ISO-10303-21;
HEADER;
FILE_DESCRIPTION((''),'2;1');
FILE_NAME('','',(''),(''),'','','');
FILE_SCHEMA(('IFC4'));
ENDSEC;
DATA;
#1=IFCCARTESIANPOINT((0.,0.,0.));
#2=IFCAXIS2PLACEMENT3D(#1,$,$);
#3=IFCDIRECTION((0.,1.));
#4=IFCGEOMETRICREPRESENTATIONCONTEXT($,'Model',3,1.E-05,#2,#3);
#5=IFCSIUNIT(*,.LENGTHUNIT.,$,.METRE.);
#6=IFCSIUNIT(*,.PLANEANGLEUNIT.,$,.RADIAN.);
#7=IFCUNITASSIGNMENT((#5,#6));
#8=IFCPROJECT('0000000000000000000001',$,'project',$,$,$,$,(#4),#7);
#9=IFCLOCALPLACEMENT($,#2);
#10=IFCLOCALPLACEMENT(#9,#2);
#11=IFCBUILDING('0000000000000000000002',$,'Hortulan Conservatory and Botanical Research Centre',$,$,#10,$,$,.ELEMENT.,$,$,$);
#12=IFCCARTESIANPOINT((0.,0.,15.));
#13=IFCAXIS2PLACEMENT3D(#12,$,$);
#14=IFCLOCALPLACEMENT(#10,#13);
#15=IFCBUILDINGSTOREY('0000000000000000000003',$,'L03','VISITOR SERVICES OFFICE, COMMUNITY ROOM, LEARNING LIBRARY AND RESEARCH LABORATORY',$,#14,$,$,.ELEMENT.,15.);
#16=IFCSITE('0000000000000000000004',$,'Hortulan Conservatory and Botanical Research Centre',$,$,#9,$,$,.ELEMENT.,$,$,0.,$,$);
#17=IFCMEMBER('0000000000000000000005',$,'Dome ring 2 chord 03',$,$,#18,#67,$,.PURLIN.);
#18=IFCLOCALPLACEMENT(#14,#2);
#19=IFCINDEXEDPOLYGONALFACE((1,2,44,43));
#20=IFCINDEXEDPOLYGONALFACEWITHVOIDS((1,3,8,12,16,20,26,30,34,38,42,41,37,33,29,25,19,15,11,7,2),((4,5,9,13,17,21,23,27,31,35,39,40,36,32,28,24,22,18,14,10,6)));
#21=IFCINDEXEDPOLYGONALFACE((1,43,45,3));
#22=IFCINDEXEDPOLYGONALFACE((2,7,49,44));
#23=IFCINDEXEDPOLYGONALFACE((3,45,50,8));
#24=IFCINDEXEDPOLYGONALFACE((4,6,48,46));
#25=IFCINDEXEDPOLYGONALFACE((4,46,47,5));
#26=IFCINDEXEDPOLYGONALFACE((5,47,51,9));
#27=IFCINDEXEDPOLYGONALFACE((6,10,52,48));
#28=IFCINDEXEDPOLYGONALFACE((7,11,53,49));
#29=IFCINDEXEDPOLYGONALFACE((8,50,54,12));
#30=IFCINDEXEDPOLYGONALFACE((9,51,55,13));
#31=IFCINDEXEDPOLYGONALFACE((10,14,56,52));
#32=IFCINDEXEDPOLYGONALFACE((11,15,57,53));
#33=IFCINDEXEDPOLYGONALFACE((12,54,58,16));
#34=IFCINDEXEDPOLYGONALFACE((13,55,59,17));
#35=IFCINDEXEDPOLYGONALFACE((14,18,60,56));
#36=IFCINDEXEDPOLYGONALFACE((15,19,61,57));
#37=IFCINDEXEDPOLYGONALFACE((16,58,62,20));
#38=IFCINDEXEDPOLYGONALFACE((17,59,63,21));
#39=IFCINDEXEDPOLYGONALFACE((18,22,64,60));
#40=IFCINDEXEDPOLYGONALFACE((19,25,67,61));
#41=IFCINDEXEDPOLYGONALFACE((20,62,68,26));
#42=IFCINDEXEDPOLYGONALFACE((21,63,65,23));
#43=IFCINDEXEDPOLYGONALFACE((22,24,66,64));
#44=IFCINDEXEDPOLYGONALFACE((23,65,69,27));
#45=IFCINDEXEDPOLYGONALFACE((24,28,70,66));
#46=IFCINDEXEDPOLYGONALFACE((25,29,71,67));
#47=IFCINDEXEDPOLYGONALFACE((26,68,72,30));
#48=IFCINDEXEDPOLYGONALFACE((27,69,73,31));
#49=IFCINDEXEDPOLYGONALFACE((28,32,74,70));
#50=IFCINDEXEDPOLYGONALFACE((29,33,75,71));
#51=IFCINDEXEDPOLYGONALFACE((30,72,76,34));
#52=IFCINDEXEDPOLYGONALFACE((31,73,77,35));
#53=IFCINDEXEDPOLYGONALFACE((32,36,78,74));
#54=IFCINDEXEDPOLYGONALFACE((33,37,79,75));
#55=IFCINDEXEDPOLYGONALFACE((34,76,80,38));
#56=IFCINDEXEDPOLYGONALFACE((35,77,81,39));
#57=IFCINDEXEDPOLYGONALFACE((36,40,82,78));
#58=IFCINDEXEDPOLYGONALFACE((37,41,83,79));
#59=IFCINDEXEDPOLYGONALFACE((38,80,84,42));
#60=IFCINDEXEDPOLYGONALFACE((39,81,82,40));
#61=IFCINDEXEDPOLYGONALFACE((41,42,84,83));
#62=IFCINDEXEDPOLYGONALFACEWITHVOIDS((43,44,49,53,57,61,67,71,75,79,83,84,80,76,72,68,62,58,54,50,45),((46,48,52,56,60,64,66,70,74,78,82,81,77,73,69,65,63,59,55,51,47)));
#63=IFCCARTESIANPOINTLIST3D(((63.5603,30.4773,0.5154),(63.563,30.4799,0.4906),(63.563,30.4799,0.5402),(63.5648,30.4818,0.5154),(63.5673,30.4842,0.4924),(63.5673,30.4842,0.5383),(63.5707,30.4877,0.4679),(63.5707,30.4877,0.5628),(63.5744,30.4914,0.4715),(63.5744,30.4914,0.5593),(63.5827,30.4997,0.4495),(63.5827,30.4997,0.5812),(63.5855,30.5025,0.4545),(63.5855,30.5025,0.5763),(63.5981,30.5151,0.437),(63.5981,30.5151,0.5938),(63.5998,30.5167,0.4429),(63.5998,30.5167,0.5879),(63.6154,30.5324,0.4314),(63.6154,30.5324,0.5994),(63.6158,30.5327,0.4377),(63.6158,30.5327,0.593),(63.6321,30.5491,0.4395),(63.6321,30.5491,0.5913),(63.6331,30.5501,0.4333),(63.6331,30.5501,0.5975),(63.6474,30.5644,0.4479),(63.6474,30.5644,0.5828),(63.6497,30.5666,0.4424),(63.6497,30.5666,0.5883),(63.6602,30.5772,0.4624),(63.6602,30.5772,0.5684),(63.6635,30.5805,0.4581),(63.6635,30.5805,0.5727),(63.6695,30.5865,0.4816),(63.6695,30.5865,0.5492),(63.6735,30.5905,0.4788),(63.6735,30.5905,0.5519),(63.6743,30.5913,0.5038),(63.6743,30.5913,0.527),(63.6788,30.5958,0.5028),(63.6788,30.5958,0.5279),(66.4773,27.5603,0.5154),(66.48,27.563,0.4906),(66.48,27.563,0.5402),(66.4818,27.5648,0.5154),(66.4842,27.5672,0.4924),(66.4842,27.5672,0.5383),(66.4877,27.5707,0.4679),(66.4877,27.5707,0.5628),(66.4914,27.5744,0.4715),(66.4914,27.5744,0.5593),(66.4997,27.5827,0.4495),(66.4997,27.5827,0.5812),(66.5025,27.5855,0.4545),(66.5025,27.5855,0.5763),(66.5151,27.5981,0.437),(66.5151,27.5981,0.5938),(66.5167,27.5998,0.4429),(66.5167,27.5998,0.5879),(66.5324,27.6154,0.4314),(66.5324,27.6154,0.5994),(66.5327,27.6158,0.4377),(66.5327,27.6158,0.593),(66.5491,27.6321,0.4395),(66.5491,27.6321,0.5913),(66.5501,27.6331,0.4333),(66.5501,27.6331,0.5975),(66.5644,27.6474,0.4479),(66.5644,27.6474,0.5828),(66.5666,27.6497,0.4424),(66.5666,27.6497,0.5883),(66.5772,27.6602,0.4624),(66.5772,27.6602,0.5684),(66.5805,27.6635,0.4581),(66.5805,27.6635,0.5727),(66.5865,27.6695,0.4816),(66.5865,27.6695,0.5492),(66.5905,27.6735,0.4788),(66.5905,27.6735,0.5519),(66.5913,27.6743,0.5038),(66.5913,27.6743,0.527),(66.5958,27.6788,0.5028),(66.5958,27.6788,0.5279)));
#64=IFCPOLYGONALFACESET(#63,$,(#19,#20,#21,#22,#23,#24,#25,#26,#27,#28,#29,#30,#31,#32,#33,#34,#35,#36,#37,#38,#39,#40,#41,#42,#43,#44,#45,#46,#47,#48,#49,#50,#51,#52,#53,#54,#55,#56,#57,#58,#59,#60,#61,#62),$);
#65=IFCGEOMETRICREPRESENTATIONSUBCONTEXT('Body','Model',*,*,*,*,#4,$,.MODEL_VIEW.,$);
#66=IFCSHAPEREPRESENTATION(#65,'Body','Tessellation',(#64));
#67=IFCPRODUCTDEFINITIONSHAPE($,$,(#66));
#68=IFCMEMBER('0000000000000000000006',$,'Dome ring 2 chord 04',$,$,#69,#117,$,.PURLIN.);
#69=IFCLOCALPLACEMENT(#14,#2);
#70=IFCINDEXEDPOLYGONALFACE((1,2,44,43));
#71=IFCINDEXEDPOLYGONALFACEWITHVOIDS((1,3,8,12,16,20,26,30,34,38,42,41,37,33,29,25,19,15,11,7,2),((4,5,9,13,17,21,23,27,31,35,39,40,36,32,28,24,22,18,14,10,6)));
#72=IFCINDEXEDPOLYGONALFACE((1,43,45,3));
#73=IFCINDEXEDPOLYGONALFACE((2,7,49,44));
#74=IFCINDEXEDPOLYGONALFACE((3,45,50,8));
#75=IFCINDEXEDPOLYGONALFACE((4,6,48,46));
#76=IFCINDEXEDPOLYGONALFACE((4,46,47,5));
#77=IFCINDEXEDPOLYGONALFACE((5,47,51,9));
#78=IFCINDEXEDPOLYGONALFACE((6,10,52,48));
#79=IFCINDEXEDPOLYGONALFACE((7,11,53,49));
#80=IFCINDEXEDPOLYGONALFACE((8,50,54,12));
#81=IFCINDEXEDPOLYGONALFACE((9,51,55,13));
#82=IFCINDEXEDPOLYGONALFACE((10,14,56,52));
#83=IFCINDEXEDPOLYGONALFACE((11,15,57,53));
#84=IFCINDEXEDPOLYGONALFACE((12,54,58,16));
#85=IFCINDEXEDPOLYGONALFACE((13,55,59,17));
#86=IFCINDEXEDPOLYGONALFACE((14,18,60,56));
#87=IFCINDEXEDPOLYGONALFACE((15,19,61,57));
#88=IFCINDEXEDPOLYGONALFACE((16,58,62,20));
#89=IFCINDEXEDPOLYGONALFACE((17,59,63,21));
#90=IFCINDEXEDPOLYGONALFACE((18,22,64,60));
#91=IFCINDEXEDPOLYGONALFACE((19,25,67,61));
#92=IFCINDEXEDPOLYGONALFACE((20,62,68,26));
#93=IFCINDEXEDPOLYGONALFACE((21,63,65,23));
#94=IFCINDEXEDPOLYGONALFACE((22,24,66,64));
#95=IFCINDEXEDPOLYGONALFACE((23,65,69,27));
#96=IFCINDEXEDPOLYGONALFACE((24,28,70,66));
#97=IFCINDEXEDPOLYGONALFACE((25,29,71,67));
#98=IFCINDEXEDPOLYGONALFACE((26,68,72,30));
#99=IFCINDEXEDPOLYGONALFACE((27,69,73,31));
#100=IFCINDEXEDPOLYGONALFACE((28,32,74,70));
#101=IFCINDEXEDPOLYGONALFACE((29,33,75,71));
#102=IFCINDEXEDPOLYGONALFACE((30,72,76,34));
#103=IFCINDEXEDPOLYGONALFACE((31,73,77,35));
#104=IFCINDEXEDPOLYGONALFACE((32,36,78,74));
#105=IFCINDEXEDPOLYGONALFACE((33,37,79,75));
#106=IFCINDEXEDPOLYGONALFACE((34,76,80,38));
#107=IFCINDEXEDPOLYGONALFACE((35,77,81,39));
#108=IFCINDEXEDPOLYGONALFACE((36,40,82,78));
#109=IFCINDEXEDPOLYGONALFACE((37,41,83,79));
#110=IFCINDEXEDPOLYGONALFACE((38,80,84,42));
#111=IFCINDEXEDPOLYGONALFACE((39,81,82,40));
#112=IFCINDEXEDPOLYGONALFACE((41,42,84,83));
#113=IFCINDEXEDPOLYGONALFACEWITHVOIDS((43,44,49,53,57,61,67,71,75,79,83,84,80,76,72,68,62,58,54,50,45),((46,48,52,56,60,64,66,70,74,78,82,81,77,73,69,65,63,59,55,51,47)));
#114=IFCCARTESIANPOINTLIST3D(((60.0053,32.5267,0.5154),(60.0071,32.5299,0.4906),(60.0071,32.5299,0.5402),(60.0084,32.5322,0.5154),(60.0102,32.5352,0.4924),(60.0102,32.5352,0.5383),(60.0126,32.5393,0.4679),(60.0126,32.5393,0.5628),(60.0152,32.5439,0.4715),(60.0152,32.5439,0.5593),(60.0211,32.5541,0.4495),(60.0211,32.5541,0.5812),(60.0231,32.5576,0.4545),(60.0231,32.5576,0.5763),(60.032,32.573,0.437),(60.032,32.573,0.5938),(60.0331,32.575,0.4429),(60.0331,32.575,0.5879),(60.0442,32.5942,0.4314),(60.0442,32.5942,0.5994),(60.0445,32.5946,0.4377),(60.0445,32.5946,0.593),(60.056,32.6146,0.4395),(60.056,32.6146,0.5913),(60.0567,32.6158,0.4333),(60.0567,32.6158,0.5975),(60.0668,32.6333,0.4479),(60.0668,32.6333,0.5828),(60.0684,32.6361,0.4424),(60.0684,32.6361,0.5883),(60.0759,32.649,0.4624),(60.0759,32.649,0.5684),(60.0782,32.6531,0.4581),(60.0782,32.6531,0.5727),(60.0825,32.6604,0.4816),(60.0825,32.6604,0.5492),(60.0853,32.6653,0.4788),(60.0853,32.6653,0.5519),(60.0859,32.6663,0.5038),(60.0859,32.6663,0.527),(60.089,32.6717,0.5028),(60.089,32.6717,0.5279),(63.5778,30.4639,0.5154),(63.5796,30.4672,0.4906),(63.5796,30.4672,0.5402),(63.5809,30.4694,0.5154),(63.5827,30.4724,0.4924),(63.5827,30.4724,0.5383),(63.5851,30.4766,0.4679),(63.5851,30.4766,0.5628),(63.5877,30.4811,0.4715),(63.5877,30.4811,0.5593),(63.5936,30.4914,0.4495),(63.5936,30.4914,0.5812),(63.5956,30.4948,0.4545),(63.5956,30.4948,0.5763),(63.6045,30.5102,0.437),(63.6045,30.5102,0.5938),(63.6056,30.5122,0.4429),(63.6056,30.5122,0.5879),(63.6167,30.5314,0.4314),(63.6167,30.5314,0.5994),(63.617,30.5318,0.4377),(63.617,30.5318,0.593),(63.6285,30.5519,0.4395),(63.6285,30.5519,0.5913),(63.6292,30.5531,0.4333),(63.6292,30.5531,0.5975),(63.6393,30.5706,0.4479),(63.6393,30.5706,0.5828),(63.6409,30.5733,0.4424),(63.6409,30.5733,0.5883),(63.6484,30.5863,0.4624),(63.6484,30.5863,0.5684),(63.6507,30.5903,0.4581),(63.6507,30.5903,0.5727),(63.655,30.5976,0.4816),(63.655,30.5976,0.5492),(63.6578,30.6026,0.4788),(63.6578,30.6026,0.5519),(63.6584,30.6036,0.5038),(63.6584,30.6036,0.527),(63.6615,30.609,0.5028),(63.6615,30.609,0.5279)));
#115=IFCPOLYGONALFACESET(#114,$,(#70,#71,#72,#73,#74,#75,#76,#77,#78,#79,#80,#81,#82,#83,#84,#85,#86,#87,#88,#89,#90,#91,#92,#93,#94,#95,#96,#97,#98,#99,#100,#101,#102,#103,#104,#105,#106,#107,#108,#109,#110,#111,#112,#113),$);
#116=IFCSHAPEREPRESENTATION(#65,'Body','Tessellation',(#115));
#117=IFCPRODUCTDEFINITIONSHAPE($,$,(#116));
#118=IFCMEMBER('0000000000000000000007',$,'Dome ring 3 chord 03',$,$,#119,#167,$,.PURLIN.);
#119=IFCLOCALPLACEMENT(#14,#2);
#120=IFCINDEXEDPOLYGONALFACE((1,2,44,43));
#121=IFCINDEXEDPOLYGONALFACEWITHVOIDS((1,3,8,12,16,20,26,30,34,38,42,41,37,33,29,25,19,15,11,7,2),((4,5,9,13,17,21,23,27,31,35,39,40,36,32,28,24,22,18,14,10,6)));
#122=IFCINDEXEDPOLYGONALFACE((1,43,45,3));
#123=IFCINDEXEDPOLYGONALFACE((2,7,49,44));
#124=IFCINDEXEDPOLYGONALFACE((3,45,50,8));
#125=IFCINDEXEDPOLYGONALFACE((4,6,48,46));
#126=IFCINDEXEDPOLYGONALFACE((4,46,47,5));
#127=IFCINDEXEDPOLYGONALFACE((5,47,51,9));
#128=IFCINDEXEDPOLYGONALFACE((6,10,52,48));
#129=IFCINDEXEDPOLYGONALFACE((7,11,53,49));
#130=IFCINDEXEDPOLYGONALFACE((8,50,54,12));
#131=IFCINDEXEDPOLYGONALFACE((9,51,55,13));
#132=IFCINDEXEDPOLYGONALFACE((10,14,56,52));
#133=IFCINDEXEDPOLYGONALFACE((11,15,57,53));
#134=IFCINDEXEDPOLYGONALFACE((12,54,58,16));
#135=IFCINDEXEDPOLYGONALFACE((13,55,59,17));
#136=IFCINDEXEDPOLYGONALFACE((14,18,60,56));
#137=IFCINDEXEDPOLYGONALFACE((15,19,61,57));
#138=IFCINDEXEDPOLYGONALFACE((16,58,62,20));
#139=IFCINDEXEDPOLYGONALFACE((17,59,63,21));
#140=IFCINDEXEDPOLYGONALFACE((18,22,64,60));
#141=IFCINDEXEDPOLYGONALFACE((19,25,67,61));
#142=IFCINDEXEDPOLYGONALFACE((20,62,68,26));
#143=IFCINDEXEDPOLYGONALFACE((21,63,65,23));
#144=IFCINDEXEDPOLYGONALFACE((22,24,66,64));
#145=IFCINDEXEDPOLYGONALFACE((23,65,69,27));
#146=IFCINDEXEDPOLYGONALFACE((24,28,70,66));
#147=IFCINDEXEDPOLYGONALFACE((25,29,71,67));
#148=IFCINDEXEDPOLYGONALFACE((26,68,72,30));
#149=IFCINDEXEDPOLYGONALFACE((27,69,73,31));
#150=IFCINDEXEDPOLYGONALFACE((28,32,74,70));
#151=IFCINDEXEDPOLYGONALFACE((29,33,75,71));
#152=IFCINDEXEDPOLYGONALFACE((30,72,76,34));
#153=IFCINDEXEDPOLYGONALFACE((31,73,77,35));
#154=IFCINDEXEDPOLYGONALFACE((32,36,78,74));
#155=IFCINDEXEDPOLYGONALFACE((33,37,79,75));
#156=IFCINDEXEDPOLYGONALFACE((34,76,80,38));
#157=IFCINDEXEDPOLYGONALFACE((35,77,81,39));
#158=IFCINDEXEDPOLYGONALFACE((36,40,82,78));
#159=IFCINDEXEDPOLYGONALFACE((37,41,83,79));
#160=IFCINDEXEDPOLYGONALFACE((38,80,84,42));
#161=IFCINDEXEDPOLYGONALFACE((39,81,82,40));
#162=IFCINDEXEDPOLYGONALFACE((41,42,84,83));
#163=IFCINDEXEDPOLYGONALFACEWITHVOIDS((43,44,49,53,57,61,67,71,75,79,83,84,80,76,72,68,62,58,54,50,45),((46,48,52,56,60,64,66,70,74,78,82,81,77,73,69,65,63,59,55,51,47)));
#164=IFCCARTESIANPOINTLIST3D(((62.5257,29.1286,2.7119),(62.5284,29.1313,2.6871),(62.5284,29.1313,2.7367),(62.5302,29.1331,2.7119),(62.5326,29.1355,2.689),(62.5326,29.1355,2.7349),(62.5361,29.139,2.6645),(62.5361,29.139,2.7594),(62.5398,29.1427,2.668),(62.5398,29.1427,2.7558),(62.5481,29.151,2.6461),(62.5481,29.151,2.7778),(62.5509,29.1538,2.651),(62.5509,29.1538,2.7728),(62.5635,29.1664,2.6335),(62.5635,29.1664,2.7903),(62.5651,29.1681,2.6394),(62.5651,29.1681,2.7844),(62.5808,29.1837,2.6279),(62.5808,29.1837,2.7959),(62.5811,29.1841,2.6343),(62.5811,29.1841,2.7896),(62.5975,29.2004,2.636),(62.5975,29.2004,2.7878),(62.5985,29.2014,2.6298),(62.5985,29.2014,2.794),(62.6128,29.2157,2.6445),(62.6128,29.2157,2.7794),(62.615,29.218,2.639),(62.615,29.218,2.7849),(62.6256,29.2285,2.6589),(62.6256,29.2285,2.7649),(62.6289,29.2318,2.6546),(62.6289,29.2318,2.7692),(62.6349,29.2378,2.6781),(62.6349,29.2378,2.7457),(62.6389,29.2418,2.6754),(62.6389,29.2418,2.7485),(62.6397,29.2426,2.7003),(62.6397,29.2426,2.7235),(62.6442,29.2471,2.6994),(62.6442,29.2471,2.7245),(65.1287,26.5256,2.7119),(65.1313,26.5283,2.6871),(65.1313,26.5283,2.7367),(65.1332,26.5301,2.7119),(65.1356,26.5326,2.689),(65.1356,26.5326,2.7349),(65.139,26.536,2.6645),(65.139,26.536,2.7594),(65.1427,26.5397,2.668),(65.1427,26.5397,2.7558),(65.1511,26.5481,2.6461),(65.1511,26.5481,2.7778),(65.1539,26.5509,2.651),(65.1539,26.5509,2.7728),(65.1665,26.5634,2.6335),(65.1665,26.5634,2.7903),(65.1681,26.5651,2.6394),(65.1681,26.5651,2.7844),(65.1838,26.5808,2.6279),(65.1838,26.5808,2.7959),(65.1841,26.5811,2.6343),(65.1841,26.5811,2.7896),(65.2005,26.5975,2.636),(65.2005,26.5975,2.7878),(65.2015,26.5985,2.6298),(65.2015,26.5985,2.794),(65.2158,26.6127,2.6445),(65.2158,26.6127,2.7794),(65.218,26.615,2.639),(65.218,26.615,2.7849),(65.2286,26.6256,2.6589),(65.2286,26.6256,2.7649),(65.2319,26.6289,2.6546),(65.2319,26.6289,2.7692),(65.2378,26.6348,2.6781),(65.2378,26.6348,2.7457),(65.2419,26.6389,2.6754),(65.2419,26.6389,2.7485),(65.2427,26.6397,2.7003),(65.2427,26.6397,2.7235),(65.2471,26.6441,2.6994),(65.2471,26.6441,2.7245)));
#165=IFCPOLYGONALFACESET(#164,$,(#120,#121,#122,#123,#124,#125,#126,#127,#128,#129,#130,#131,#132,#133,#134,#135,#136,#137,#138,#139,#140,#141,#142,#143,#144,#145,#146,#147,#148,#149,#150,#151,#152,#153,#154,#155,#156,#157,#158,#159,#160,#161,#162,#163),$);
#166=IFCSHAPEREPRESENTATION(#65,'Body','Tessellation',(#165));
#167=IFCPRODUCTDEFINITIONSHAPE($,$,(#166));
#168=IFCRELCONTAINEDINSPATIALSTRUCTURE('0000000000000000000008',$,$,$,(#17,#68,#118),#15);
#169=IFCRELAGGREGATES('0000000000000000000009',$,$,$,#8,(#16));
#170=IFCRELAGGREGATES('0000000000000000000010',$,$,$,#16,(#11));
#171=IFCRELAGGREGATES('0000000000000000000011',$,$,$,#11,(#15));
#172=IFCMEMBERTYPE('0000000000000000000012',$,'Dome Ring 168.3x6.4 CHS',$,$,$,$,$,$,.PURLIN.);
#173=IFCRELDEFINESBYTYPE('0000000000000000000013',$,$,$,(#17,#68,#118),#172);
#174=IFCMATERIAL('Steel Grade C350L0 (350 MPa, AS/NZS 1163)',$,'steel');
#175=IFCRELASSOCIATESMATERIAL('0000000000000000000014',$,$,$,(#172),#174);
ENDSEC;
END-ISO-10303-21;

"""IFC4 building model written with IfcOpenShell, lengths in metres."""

from ifc_helpers import new_model, si_unit, direction, frame, origin, origin_2d, place, context, subcontext, project, spatial, hollow_circle, extrude, material, material_profile, profile_set, type_object, element, save


model = new_model("IFC4")

# Units and contexts
model_context = context("Model", 3, precision=1e-05, world=origin(), true_north=direction((0.0, 1.0)))
body_context = subcontext(model_context, "Body", "Model", "MODEL_VIEW")
ifc_project = project(units=[si_unit("LENGTHUNIT", "METRE"), si_unit("PLANEANGLEUNIT", "RADIAN")], contexts=[model_context])

# Site, building, storey
site_placement = place(None, origin())
site = spatial("IfcSite", under=ifc_project, at=site_placement, Name="Hortulan Conservatory and Botanical Research Centre", CompositionType="ELEMENT", RefElevation=0.0)
building_placement = place(site_placement, origin())
building = spatial("IfcBuilding", under=site, at=building_placement, Name="Hortulan Conservatory and Botanical Research Centre", CompositionType="ELEMENT")
storey_placement = place(building_placement, frame((0.0, 0.0, 15.0)))
storey = spatial("IfcBuildingStorey", under=building, at=storey_placement, Name="L03", Description="VISITOR SERVICES OFFICE, COMMUNITY ROOM, LEARNING LIBRARY AND RESEARCH LABORATORY", CompositionType="ELEMENT", Elevation=15.0)

# Shared definitions
ifc_material_1 = material(Name="Steel Grade C350L0 (350 MPa, AS/NZS 1163)", Category="steel")

# Members
ifc_material_profile_1 = material_profile(ifc_material_1, hollow_circle(Radius=0.0842, WallThickness=0.0063, at=origin_2d()), Name="168.3x6.4CHS")
ifc_profile_set_1 = profile_set([ifc_material_profile_1], Name="Steel Grade C350L0 (350 MPa, AS/NZS 1163)")
member_type_1 = type_object("IfcMemberType", Name="Dome Ring 168.3x6.4 CHS", PredefinedType="PURLIN", material=ifc_profile_set_1)
for number, where, z_axis, x_axis, name in (
    (1, (66.5369, 27.6199, 0.5154), (-0.707107, 0.707107, 0.0), (-0.707107, -0.707107, 0.0), "Dome ring 2 chord 03"),
    (2, (63.6199, 30.5369, 0.5154), (-0.866009, 0.500028, 0.0), (-0.500028, -0.866009, 0.0), "Dome ring 2 chord 04"),
):
    element("IfcMember", number, at=place(storey_placement, frame(where, z_axis=z_axis, x_axis=x_axis)), inside=storey, type_object=member_type_1, Name=name, PredefinedType="PURLIN", context=body_context, shape_type="SweptSolid", body=[
        extrude(hollow_circle(Radius=0.0842, WallThickness=0.0063, at=origin_2d()), origin(), (0.0, 0.0, 1.0), 4.1252),
    ])
member_1_placement = place(storey_placement, frame((65.1882, 26.5852, 2.7119), z_axis=(-0.707107, 0.707107, 0.0), x_axis=(-0.707107, -0.707107, 0.0)))
element("IfcMember", 3, at=member_1_placement, inside=storey, type_object=member_type_1, Name="Dome ring 3 chord 03", PredefinedType="PURLIN", context=body_context, shape_type="SweptSolid", body=[
    extrude(hollow_circle(Radius=0.0842, WallThickness=0.0063, at=origin_2d()), origin(), (0.0, 0.0, 1.0), 3.6812),
])

save(model, "model.ifc")
